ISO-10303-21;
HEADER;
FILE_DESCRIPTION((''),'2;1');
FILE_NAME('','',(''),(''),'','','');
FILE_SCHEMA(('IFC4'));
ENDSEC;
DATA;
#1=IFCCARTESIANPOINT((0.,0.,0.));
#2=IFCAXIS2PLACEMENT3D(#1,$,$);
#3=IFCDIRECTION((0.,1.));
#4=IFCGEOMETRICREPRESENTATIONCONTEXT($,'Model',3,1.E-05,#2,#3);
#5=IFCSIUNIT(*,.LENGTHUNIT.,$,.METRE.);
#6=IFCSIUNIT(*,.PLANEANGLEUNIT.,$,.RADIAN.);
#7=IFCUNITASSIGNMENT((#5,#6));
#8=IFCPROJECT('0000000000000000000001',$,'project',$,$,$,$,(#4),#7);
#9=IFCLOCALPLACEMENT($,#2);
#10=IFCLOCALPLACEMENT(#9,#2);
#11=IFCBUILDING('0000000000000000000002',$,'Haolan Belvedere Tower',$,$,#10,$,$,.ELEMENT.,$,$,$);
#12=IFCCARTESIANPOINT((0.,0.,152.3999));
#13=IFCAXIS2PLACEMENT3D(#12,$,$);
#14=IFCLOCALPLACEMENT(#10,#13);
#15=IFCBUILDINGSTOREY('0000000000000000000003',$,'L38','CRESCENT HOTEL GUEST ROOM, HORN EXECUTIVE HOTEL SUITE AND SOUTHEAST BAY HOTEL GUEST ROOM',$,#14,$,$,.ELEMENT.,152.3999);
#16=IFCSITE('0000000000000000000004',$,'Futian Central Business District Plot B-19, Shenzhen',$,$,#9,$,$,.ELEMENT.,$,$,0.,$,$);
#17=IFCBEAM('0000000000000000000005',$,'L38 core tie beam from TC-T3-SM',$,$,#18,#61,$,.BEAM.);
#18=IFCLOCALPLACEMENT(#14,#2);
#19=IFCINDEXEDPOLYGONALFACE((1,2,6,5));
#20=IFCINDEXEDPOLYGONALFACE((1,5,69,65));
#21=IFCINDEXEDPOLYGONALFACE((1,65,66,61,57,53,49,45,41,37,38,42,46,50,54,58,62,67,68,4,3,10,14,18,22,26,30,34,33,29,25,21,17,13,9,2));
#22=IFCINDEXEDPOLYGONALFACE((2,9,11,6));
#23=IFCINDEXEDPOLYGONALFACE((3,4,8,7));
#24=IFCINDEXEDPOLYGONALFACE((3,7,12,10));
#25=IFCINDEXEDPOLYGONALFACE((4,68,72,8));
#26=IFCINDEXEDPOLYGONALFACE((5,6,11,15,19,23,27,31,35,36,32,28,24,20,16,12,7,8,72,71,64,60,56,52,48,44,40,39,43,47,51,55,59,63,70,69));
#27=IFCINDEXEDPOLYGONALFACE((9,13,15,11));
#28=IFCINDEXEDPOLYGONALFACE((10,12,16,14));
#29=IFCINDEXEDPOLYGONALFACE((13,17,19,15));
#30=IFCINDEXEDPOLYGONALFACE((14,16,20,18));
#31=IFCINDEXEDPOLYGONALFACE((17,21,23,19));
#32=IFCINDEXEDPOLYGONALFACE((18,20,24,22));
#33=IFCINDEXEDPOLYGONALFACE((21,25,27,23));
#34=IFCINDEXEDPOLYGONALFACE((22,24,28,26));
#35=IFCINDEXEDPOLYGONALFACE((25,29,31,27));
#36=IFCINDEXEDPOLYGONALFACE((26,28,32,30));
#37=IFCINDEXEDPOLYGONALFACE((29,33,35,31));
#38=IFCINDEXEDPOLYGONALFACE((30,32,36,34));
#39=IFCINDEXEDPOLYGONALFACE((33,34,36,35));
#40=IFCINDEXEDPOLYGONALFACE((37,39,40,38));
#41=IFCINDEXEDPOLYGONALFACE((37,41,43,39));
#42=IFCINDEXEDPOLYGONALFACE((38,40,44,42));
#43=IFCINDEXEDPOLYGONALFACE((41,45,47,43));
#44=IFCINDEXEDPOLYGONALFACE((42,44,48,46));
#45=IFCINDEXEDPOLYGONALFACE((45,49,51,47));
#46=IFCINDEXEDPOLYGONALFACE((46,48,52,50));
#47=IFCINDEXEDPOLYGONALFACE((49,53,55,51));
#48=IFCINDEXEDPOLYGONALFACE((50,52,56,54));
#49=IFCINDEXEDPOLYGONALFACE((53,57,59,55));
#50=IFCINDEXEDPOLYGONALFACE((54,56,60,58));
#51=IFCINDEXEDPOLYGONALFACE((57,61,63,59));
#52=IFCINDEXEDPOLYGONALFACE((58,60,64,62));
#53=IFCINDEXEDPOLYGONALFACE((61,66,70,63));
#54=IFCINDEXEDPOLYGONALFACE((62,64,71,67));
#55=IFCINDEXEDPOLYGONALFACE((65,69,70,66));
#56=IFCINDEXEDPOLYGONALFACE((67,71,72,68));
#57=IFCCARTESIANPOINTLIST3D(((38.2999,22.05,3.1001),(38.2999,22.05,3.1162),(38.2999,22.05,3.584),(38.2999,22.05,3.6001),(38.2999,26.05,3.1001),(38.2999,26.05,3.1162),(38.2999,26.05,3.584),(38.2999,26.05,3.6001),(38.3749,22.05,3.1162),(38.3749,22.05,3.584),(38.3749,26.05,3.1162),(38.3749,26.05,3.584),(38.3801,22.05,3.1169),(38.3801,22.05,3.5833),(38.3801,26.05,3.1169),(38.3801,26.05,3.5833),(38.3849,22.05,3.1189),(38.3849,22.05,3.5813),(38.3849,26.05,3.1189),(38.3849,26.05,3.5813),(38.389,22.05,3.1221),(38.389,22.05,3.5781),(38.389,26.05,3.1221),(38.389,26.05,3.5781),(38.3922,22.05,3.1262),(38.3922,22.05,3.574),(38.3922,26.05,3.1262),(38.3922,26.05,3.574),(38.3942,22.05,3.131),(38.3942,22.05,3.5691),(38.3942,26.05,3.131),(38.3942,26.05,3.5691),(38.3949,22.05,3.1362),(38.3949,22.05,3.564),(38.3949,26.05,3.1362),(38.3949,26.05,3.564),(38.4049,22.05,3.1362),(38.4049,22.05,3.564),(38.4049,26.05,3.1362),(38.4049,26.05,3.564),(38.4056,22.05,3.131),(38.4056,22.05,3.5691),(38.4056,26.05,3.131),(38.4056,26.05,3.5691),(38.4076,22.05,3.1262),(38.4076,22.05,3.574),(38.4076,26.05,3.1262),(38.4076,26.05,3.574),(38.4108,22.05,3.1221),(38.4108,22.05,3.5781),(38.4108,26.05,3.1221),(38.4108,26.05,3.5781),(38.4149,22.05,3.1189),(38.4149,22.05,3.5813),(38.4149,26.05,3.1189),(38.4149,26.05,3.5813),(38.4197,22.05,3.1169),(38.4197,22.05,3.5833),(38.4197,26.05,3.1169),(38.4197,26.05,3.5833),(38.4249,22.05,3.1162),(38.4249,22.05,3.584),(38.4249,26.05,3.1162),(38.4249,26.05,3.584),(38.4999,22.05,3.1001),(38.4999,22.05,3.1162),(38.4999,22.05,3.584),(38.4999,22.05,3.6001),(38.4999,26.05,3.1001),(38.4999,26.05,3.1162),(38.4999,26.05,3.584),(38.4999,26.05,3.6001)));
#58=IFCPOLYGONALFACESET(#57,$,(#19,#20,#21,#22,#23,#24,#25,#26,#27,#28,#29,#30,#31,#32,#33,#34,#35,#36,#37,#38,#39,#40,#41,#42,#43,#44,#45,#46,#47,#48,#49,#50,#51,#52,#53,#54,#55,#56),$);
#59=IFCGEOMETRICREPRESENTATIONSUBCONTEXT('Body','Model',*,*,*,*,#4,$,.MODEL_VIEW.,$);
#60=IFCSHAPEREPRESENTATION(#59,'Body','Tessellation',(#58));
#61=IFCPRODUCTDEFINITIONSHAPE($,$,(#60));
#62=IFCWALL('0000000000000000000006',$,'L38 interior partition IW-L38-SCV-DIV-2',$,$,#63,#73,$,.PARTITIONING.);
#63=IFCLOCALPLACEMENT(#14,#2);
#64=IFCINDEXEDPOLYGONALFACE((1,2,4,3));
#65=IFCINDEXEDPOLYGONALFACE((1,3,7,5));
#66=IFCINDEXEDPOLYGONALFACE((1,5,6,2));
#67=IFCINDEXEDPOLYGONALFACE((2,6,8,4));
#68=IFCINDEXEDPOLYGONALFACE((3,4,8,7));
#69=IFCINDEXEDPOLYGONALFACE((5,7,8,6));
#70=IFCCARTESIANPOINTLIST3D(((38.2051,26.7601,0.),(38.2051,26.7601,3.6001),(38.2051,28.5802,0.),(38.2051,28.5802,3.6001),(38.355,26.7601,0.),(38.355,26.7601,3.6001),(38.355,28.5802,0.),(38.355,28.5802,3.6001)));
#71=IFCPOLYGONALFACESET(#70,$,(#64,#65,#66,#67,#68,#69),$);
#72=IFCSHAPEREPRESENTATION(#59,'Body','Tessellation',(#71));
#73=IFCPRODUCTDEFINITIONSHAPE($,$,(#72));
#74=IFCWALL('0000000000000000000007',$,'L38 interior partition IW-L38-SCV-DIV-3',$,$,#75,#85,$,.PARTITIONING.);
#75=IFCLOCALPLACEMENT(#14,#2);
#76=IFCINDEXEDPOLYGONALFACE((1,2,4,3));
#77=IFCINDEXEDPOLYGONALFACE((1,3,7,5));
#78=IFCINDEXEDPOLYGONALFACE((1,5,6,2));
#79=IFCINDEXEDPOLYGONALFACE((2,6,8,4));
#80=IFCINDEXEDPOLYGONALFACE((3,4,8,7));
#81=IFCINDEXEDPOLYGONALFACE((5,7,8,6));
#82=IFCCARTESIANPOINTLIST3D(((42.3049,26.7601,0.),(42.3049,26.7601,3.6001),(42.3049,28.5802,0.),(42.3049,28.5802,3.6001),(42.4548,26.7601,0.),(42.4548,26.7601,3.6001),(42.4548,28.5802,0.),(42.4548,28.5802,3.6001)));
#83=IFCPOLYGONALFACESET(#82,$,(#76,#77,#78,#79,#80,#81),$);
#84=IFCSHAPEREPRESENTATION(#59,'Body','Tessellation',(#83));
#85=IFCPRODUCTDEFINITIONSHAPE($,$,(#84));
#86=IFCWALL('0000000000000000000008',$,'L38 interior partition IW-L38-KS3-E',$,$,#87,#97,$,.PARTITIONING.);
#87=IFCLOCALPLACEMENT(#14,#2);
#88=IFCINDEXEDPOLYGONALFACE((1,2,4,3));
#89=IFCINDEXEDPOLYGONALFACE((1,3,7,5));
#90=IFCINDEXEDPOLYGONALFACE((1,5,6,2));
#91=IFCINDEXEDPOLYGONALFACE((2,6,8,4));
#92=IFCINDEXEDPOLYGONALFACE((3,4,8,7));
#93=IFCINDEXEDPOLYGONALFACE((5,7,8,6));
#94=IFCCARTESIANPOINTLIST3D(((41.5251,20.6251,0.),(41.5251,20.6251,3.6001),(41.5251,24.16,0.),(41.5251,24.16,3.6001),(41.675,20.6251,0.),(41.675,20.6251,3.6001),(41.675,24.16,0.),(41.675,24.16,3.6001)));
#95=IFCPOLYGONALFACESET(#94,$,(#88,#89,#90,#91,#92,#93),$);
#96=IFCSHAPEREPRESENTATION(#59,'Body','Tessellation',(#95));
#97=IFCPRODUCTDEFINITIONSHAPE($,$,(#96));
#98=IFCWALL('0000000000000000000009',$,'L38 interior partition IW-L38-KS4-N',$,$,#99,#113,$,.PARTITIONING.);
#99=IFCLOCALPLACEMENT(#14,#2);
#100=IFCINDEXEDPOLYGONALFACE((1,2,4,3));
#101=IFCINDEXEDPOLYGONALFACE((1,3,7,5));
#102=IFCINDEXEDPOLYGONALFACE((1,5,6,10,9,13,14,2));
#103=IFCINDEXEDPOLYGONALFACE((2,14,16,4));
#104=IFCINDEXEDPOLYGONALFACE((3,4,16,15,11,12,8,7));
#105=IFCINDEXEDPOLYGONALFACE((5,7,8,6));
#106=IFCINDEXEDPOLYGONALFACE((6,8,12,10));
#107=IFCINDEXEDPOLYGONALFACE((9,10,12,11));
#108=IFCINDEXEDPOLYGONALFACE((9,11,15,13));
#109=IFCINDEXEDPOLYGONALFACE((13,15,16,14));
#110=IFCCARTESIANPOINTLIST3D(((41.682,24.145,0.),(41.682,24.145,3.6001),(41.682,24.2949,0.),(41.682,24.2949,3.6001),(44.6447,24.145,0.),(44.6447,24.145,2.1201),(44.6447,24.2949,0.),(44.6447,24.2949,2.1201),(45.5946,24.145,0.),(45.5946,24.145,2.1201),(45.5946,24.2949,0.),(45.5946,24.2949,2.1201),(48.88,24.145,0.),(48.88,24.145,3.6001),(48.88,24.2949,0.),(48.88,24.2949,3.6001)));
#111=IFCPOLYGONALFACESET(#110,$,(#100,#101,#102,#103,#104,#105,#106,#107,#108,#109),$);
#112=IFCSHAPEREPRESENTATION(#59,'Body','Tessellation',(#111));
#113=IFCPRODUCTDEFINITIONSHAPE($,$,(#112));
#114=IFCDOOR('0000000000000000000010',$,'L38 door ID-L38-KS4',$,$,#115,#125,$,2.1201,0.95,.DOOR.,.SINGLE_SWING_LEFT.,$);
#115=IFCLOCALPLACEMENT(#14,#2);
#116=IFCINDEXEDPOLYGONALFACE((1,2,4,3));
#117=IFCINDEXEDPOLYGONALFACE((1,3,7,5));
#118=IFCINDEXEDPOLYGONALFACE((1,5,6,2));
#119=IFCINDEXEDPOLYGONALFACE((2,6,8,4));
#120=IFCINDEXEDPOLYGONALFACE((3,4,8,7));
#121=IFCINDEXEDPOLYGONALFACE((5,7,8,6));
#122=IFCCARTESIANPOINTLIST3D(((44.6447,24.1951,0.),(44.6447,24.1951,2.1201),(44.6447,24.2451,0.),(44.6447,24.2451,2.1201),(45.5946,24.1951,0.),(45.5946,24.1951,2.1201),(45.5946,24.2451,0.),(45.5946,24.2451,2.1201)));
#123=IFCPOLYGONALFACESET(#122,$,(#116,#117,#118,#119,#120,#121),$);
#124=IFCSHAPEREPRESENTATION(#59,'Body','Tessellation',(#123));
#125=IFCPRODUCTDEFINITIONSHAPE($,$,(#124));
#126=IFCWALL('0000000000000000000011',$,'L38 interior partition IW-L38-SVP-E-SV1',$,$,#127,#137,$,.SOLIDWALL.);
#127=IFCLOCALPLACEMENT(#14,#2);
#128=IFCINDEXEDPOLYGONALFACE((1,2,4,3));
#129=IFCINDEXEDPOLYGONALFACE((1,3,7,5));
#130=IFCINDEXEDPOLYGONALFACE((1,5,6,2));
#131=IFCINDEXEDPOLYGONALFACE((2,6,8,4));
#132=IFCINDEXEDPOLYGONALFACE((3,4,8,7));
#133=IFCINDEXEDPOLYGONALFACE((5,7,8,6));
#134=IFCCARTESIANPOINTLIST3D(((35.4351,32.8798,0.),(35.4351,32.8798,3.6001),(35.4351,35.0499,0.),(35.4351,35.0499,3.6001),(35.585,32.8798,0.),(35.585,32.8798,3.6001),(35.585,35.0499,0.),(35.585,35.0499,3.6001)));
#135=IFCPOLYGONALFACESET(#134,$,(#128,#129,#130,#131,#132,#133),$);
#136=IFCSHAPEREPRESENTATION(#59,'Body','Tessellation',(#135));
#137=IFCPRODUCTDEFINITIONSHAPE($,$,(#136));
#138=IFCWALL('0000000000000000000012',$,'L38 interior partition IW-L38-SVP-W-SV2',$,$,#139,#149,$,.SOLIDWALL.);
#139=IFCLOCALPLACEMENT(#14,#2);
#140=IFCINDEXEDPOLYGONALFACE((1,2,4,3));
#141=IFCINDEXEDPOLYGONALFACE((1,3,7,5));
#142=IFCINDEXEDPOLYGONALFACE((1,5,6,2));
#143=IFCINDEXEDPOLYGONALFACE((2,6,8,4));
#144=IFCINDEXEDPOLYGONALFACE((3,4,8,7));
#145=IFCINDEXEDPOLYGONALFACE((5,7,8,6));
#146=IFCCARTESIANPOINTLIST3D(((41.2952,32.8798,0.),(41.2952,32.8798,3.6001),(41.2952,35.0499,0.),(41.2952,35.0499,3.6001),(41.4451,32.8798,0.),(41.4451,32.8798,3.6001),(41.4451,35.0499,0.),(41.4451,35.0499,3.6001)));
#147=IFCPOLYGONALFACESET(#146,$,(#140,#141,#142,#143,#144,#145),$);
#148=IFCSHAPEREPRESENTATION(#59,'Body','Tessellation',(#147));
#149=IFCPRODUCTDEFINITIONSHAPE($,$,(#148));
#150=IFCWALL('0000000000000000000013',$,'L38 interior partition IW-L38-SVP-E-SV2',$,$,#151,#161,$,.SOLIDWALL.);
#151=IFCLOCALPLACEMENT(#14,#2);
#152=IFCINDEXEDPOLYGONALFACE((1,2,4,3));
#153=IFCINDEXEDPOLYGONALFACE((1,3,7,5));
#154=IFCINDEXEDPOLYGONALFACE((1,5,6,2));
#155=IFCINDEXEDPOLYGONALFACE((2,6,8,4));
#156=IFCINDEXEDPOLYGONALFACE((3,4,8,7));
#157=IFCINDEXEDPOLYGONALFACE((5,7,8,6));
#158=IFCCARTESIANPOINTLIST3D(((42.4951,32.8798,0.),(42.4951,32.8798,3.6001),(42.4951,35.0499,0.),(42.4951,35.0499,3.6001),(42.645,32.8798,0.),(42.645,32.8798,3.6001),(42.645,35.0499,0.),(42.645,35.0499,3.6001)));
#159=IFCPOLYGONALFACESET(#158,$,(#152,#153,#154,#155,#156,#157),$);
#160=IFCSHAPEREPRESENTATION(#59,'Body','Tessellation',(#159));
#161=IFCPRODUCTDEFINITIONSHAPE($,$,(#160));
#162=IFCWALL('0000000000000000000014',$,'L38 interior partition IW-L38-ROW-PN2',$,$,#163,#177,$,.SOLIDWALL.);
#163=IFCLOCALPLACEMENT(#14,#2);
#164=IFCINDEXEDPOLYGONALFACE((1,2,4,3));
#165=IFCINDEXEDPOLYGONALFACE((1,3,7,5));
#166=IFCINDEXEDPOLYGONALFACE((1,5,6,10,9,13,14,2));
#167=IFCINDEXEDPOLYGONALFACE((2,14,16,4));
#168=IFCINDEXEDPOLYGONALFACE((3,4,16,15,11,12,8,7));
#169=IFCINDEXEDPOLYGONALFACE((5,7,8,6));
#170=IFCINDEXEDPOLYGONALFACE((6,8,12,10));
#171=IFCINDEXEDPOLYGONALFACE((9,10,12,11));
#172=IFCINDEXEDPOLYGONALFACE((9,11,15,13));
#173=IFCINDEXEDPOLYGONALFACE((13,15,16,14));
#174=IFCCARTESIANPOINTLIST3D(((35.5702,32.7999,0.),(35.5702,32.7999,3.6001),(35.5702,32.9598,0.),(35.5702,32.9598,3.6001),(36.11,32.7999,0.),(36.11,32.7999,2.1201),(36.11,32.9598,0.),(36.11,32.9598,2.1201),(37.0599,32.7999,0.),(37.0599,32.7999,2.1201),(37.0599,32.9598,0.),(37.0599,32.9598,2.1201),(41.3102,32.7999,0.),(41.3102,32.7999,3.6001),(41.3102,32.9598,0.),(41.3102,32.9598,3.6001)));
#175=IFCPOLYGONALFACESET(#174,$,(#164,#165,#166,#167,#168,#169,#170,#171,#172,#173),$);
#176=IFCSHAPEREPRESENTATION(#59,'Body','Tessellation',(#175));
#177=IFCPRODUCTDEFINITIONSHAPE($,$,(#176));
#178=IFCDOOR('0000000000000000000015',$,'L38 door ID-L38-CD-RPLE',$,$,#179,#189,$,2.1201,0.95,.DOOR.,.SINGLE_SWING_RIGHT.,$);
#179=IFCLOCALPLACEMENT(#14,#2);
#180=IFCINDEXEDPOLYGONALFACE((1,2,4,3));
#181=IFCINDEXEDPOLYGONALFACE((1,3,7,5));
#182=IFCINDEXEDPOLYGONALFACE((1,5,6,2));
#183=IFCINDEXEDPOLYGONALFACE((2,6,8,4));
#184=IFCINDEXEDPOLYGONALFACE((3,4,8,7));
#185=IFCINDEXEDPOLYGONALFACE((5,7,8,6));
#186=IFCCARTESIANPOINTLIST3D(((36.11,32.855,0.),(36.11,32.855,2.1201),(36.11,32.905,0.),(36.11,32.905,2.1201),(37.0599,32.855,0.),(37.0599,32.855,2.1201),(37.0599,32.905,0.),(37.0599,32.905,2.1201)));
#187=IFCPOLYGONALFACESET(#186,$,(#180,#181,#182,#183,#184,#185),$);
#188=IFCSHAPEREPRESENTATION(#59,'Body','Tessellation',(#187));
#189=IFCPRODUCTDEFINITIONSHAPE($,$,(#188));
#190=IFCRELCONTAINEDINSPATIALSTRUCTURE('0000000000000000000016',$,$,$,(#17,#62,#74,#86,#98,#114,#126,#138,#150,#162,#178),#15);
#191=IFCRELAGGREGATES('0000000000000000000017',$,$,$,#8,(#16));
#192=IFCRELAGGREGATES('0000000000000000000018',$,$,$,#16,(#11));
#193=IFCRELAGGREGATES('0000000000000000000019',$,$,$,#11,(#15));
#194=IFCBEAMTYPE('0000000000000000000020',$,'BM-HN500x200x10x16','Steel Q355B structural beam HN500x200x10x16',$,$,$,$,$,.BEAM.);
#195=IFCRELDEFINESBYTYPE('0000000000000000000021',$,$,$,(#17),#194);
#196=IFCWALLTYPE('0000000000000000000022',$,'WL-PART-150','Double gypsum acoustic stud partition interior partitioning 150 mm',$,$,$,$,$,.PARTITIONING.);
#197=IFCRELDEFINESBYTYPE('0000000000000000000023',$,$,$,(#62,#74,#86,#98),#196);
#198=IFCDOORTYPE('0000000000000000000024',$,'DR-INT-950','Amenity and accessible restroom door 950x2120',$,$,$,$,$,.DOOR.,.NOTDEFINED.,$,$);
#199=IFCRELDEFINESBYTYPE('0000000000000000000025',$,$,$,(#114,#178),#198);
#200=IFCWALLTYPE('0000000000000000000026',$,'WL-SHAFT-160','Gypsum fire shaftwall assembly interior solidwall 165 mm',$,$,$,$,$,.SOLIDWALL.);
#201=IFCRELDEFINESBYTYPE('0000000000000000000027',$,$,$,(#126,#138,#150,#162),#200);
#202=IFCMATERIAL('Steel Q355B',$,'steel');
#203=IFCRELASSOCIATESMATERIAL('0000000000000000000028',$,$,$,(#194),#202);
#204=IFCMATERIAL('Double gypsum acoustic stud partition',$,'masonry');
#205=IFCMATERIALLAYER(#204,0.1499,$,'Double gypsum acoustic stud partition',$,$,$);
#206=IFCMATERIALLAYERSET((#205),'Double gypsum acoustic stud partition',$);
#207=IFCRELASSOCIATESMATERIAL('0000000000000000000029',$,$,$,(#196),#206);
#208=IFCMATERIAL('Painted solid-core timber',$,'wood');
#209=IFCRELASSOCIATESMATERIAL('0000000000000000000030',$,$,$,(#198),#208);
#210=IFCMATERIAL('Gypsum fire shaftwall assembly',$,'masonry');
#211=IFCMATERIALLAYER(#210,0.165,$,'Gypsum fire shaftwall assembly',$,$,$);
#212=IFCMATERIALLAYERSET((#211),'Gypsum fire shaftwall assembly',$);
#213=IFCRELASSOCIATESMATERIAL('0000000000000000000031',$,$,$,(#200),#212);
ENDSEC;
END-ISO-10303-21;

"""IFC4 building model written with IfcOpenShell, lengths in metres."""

from ifc_helpers import new_model, si_unit, direction, frame, frame_2d, origin, origin_2d, place, context, subcontext, project, spatial, rectangle, i_section, extrude, material, layer, layer_set, material_profile, profile_set, type_object, element, fill, save


model = new_model("IFC4")

# Units and contexts
model_context = context("Model", 3, precision=1e-05, world=origin(), true_north=direction((0.0, 1.0)))
body_context = subcontext(model_context, "Body", "Model", "MODEL_VIEW")
ifc_project = project(units=[si_unit("LENGTHUNIT", "METRE"), si_unit("PLANEANGLEUNIT", "RADIAN")], contexts=[model_context])

# Site, building, storey
site_placement = place(None, origin())
site = spatial("IfcSite", under=ifc_project, at=site_placement, Name="Futian Central Business District Plot B-19, Shenzhen", CompositionType="ELEMENT", RefElevation=0.0)
building_placement = place(site_placement, origin())
building = spatial("IfcBuilding", under=site, at=building_placement, Name="Haolan Belvedere Tower", CompositionType="ELEMENT")
storey_placement = place(building_placement, frame((0.0, 0.0, 152.3999)))
storey = spatial("IfcBuildingStorey", under=building, at=storey_placement, Name="L38", Description="CRESCENT HOTEL GUEST ROOM, HORN EXECUTIVE HOTEL SUITE AND SOUTHEAST BAY HOTEL GUEST ROOM", CompositionType="ELEMENT", Elevation=152.3999)

# Beam
ifc_material_1 = material(Name="Steel Q355B", Category="steel")
ifc_material_profile_1 = material_profile(ifc_material_1, i_section(OverallWidth=0.2, OverallDepth=0.5, WebThickness=0.01, FlangeThickness=0.0161, FilletRadius=0.02, at=origin_2d()), Name="Steel Q355B")
ifc_profile_set_1 = profile_set([ifc_material_profile_1], Name="Steel Q355B")
beam_type_1 = type_object("IfcBeamType", Name="BM-HN500x200x10x16", Description="Steel Q355B structural beam HN500x200x10x16", PredefinedType="BEAM", material=ifc_profile_set_1)
beam_1_placement = place(storey_placement, frame((38.3999, 22.05, 3.3501), z_axis=(0.0, 1.0, 0.0), x_axis=(-1.0, 0.0, 0.0)))
element("IfcBeam", 1, at=beam_1_placement, inside=storey, type_object=beam_type_1, Name="L38 core tie beam from TC-T3-SM", PredefinedType="BEAM", context=body_context, shape_type="SweptSolid", body=[
    extrude(i_section(OverallWidth=0.2, OverallDepth=0.5, WebThickness=0.01, FlangeThickness=0.0161, FilletRadius=0.02, at=origin_2d()), origin(), (0.0, 0.0, 1.0), 4.0),
])

# Walls
ifc_material_2 = material(Name="Double gypsum acoustic stud partition", Category="masonry")
ifc_layer_1 = layer(ifc_material_2, 0.1499, Name="Double gypsum acoustic stud partition")
ifc_layer_set_1 = layer_set([ifc_layer_1], Name="Double gypsum acoustic stud partition")
wall_type_1 = type_object("IfcWallType", Name="WL-PART-150", Description="Double gypsum acoustic stud partition interior partitioning 150 mm", PredefinedType="PARTITIONING", material=ifc_layer_set_1)
for number, where, z_axis, x_axis, name in (
    (2, (38.28, 26.76, 0.0), (0.0, 0.0, 1.0), (0.0, 1.0, 0.0), "L38 interior partition IW-L38-SCV-DIV-2"),
    (3, (42.3799, 26.76, 0.0), (0.0, 0.0, 1.0), (0.0, 1.0, 0.0), "L38 interior partition IW-L38-SCV-DIV-3"),
):
    element("IfcWall", number, at=place(storey_placement, frame(where, z_axis=z_axis, x_axis=x_axis)), inside=storey, type_object=wall_type_1, Name=name, PredefinedType="PARTITIONING", context=body_context, shape_type="SweptSolid", body=[
        extrude(rectangle(XDim=1.8201, YDim=0.1499, at=frame_2d((0.9102, 0.0))), origin(), (0.0, 0.0, 1.0), 3.6001),
    ])
wall_1_placement = place(storey_placement, frame((41.6001, 20.625, 0.0), z_axis=(0.0, 0.0, 1.0), x_axis=(0.0, 1.0, 0.0)))
element("IfcWall", 4, at=wall_1_placement, inside=storey, type_object=wall_type_1, Name="L38 interior partition IW-L38-KS3-E", PredefinedType="PARTITIONING", context=body_context, shape_type="SweptSolid", body=[
    extrude(rectangle(XDim=3.5349, YDim=0.1499, at=frame_2d((1.7676, 0.0))), origin(), (0.0, 0.0, 1.0), 3.6001),
])

# Wall, opening, door
wall_2_placement = place(storey_placement, frame((41.6819, 24.22, 0.0), z_axis=(0.0, 0.0, 1.0), x_axis=(1.0, 0.0, 0.0)))
wall_2 = element("IfcWall", 5, at=wall_2_placement, inside=storey, type_object=wall_type_1, Name="L38 interior partition IW-L38-KS4-N", PredefinedType="PARTITIONING", context=body_context, shape_type="SweptSolid", body=[
    extrude(rectangle(XDim=7.198, YDim=0.1499, at=frame_2d((3.5991, 0.0))), origin(), (0.0, 0.0, 1.0), 3.6001),
])
opening_1_placement = place(wall_2_placement, frame((3.9128, 0.0, 0.0), z_axis=(0.0, 0.0, 1.0), x_axis=(-1.0, 0.0, 0.0)))
opening_1 = element("IfcOpeningElement", 6, at=opening_1_placement, cuts=wall_2, PredefinedType="OPENING", context=body_context, shape_type="SweptSolid", body=[
    extrude(rectangle(XDim=0.95, YDim=2.1201, at=frame_2d((0.4751, 1.0601))), frame((0.0, 0.085, 0.0), z_axis=(0.0, -1.0, 0.0), x_axis=(1.0, 0.0, 0.0)), (0.0, 0.0, 1.0), 0.1699),
])
ifc_material_3 = material(Name="Painted solid-core timber", Category="wood")
door_type = type_object("IfcDoorType", Name="DR-INT-950", Description="Amenity and accessible restroom door 950x2120", OperationType="NOTDEFINED", PredefinedType="DOOR", material=ifc_material_3)
door_1_placement = place(opening_1_placement, origin())
door_1 = element("IfcDoor", 7, at=door_1_placement, inside=storey, type_object=door_type, Name="L38 door ID-L38-KS4", OperationType="SINGLE_SWING_LEFT", OverallHeight=2.1201, OverallWidth=0.95, PredefinedType="DOOR", context=body_context, shape_type="SweptSolid", body=[
    extrude(rectangle(XDim=0.95, YDim=2.1201, at=frame_2d((0.4751, 1.0601))), frame((0.0, 0.0249, 0.0), z_axis=(0.0, -1.0, 0.0), x_axis=(1.0, 0.0, 0.0)), (0.0, 0.0, 1.0), 0.05),
])
fill(opening_1, door_1)

# Walls
ifc_material_4 = material(Name="Gypsum fire shaftwall assembly", Category="masonry")
ifc_layer_2 = layer(ifc_material_4, 0.165, Name="Gypsum fire shaftwall assembly")
ifc_layer_set_2 = layer_set([ifc_layer_2], Name="Gypsum fire shaftwall assembly")
wall_type_2 = type_object("IfcWallType", Name="WL-SHAFT-160", Description="Gypsum fire shaftwall assembly interior solidwall 165 mm", PredefinedType="SOLIDWALL", material=ifc_layer_set_2)
for number, where, z_axis, x_axis, name in (
    (8, (35.51, 32.8799, 0.0), (0.0, 0.0, 1.0), (0.0, 1.0, 0.0), "L38 interior partition IW-L38-SVP-E-SV1"),
    (9, (41.3701, 32.8799, 0.0), (0.0, 0.0, 1.0), (0.0, 1.0, 0.0), "L38 interior partition IW-L38-SVP-W-SV2"),
    (10, (42.5701, 32.8799, 0.0), (0.0, 0.0, 1.0), (0.0, 1.0, 0.0), "L38 interior partition IW-L38-SVP-E-SV2"),
):
    element("IfcWall", number, at=place(storey_placement, frame(where, z_axis=z_axis, x_axis=x_axis)), inside=storey, type_object=wall_type_2, Name=name, PredefinedType="SOLIDWALL", context=body_context, shape_type="SweptSolid", body=[
        extrude(rectangle(XDim=2.1702, YDim=0.1499, at=frame_2d((1.085, 0.0))), origin(), (0.0, 0.0, 1.0), 3.6001),
    ])

# Wall, opening, door
wall_3_placement = place(storey_placement, frame((35.5701, 32.8799, 0.0), z_axis=(0.0, 0.0, 1.0), x_axis=(1.0, 0.0, 0.0)))
wall_3 = element("IfcWall", 11, at=wall_3_placement, inside=storey, type_object=wall_type_2, Name="L38 interior partition IW-L38-ROW-PN2", PredefinedType="SOLIDWALL", context=body_context, shape_type="SweptSolid", body=[
    extrude(rectangle(XDim=5.74, YDim=0.1599, at=frame_2d((2.8701, 0.0))), origin(), (0.0, 0.0, 1.0), 3.6001),
])
opening_2_placement = place(wall_3_placement, frame((1.49, 0.0, 0.0), z_axis=(0.0, 0.0, 1.0), x_axis=(-1.0, 0.0, 0.0)))
opening_2 = element("IfcOpeningElement", 12, at=opening_2_placement, cuts=wall_3, PredefinedType="OPENING", context=body_context, shape_type="SweptSolid", body=[
    extrude(rectangle(XDim=0.95, YDim=2.1201, at=frame_2d((0.4751, 1.0601))), frame((0.0, 0.0898, 0.0), z_axis=(0.0, -1.0, 0.0), x_axis=(1.0, 0.0, 0.0)), (0.0, 0.0, 1.0), 0.1799),
])
door_2_placement = place(opening_2_placement, origin())
door_2 = element("IfcDoor", 13, at=door_2_placement, inside=storey, type_object=door_type, Name="L38 door ID-L38-CD-RPLE", OperationType="SINGLE_SWING_RIGHT", OverallHeight=2.1201, OverallWidth=0.95, PredefinedType="DOOR", context=body_context, shape_type="SweptSolid", body=[
    extrude(rectangle(XDim=0.95, YDim=2.1201, at=frame_2d((0.4751, 1.0601))), frame((0.0, 0.0249, 0.0), z_axis=(0.0, -1.0, 0.0), x_axis=(1.0, 0.0, 0.0)), (0.0, 0.0, 1.0), 0.05),
])
fill(opening_2, door_2)

save(model, "model.ifc")
